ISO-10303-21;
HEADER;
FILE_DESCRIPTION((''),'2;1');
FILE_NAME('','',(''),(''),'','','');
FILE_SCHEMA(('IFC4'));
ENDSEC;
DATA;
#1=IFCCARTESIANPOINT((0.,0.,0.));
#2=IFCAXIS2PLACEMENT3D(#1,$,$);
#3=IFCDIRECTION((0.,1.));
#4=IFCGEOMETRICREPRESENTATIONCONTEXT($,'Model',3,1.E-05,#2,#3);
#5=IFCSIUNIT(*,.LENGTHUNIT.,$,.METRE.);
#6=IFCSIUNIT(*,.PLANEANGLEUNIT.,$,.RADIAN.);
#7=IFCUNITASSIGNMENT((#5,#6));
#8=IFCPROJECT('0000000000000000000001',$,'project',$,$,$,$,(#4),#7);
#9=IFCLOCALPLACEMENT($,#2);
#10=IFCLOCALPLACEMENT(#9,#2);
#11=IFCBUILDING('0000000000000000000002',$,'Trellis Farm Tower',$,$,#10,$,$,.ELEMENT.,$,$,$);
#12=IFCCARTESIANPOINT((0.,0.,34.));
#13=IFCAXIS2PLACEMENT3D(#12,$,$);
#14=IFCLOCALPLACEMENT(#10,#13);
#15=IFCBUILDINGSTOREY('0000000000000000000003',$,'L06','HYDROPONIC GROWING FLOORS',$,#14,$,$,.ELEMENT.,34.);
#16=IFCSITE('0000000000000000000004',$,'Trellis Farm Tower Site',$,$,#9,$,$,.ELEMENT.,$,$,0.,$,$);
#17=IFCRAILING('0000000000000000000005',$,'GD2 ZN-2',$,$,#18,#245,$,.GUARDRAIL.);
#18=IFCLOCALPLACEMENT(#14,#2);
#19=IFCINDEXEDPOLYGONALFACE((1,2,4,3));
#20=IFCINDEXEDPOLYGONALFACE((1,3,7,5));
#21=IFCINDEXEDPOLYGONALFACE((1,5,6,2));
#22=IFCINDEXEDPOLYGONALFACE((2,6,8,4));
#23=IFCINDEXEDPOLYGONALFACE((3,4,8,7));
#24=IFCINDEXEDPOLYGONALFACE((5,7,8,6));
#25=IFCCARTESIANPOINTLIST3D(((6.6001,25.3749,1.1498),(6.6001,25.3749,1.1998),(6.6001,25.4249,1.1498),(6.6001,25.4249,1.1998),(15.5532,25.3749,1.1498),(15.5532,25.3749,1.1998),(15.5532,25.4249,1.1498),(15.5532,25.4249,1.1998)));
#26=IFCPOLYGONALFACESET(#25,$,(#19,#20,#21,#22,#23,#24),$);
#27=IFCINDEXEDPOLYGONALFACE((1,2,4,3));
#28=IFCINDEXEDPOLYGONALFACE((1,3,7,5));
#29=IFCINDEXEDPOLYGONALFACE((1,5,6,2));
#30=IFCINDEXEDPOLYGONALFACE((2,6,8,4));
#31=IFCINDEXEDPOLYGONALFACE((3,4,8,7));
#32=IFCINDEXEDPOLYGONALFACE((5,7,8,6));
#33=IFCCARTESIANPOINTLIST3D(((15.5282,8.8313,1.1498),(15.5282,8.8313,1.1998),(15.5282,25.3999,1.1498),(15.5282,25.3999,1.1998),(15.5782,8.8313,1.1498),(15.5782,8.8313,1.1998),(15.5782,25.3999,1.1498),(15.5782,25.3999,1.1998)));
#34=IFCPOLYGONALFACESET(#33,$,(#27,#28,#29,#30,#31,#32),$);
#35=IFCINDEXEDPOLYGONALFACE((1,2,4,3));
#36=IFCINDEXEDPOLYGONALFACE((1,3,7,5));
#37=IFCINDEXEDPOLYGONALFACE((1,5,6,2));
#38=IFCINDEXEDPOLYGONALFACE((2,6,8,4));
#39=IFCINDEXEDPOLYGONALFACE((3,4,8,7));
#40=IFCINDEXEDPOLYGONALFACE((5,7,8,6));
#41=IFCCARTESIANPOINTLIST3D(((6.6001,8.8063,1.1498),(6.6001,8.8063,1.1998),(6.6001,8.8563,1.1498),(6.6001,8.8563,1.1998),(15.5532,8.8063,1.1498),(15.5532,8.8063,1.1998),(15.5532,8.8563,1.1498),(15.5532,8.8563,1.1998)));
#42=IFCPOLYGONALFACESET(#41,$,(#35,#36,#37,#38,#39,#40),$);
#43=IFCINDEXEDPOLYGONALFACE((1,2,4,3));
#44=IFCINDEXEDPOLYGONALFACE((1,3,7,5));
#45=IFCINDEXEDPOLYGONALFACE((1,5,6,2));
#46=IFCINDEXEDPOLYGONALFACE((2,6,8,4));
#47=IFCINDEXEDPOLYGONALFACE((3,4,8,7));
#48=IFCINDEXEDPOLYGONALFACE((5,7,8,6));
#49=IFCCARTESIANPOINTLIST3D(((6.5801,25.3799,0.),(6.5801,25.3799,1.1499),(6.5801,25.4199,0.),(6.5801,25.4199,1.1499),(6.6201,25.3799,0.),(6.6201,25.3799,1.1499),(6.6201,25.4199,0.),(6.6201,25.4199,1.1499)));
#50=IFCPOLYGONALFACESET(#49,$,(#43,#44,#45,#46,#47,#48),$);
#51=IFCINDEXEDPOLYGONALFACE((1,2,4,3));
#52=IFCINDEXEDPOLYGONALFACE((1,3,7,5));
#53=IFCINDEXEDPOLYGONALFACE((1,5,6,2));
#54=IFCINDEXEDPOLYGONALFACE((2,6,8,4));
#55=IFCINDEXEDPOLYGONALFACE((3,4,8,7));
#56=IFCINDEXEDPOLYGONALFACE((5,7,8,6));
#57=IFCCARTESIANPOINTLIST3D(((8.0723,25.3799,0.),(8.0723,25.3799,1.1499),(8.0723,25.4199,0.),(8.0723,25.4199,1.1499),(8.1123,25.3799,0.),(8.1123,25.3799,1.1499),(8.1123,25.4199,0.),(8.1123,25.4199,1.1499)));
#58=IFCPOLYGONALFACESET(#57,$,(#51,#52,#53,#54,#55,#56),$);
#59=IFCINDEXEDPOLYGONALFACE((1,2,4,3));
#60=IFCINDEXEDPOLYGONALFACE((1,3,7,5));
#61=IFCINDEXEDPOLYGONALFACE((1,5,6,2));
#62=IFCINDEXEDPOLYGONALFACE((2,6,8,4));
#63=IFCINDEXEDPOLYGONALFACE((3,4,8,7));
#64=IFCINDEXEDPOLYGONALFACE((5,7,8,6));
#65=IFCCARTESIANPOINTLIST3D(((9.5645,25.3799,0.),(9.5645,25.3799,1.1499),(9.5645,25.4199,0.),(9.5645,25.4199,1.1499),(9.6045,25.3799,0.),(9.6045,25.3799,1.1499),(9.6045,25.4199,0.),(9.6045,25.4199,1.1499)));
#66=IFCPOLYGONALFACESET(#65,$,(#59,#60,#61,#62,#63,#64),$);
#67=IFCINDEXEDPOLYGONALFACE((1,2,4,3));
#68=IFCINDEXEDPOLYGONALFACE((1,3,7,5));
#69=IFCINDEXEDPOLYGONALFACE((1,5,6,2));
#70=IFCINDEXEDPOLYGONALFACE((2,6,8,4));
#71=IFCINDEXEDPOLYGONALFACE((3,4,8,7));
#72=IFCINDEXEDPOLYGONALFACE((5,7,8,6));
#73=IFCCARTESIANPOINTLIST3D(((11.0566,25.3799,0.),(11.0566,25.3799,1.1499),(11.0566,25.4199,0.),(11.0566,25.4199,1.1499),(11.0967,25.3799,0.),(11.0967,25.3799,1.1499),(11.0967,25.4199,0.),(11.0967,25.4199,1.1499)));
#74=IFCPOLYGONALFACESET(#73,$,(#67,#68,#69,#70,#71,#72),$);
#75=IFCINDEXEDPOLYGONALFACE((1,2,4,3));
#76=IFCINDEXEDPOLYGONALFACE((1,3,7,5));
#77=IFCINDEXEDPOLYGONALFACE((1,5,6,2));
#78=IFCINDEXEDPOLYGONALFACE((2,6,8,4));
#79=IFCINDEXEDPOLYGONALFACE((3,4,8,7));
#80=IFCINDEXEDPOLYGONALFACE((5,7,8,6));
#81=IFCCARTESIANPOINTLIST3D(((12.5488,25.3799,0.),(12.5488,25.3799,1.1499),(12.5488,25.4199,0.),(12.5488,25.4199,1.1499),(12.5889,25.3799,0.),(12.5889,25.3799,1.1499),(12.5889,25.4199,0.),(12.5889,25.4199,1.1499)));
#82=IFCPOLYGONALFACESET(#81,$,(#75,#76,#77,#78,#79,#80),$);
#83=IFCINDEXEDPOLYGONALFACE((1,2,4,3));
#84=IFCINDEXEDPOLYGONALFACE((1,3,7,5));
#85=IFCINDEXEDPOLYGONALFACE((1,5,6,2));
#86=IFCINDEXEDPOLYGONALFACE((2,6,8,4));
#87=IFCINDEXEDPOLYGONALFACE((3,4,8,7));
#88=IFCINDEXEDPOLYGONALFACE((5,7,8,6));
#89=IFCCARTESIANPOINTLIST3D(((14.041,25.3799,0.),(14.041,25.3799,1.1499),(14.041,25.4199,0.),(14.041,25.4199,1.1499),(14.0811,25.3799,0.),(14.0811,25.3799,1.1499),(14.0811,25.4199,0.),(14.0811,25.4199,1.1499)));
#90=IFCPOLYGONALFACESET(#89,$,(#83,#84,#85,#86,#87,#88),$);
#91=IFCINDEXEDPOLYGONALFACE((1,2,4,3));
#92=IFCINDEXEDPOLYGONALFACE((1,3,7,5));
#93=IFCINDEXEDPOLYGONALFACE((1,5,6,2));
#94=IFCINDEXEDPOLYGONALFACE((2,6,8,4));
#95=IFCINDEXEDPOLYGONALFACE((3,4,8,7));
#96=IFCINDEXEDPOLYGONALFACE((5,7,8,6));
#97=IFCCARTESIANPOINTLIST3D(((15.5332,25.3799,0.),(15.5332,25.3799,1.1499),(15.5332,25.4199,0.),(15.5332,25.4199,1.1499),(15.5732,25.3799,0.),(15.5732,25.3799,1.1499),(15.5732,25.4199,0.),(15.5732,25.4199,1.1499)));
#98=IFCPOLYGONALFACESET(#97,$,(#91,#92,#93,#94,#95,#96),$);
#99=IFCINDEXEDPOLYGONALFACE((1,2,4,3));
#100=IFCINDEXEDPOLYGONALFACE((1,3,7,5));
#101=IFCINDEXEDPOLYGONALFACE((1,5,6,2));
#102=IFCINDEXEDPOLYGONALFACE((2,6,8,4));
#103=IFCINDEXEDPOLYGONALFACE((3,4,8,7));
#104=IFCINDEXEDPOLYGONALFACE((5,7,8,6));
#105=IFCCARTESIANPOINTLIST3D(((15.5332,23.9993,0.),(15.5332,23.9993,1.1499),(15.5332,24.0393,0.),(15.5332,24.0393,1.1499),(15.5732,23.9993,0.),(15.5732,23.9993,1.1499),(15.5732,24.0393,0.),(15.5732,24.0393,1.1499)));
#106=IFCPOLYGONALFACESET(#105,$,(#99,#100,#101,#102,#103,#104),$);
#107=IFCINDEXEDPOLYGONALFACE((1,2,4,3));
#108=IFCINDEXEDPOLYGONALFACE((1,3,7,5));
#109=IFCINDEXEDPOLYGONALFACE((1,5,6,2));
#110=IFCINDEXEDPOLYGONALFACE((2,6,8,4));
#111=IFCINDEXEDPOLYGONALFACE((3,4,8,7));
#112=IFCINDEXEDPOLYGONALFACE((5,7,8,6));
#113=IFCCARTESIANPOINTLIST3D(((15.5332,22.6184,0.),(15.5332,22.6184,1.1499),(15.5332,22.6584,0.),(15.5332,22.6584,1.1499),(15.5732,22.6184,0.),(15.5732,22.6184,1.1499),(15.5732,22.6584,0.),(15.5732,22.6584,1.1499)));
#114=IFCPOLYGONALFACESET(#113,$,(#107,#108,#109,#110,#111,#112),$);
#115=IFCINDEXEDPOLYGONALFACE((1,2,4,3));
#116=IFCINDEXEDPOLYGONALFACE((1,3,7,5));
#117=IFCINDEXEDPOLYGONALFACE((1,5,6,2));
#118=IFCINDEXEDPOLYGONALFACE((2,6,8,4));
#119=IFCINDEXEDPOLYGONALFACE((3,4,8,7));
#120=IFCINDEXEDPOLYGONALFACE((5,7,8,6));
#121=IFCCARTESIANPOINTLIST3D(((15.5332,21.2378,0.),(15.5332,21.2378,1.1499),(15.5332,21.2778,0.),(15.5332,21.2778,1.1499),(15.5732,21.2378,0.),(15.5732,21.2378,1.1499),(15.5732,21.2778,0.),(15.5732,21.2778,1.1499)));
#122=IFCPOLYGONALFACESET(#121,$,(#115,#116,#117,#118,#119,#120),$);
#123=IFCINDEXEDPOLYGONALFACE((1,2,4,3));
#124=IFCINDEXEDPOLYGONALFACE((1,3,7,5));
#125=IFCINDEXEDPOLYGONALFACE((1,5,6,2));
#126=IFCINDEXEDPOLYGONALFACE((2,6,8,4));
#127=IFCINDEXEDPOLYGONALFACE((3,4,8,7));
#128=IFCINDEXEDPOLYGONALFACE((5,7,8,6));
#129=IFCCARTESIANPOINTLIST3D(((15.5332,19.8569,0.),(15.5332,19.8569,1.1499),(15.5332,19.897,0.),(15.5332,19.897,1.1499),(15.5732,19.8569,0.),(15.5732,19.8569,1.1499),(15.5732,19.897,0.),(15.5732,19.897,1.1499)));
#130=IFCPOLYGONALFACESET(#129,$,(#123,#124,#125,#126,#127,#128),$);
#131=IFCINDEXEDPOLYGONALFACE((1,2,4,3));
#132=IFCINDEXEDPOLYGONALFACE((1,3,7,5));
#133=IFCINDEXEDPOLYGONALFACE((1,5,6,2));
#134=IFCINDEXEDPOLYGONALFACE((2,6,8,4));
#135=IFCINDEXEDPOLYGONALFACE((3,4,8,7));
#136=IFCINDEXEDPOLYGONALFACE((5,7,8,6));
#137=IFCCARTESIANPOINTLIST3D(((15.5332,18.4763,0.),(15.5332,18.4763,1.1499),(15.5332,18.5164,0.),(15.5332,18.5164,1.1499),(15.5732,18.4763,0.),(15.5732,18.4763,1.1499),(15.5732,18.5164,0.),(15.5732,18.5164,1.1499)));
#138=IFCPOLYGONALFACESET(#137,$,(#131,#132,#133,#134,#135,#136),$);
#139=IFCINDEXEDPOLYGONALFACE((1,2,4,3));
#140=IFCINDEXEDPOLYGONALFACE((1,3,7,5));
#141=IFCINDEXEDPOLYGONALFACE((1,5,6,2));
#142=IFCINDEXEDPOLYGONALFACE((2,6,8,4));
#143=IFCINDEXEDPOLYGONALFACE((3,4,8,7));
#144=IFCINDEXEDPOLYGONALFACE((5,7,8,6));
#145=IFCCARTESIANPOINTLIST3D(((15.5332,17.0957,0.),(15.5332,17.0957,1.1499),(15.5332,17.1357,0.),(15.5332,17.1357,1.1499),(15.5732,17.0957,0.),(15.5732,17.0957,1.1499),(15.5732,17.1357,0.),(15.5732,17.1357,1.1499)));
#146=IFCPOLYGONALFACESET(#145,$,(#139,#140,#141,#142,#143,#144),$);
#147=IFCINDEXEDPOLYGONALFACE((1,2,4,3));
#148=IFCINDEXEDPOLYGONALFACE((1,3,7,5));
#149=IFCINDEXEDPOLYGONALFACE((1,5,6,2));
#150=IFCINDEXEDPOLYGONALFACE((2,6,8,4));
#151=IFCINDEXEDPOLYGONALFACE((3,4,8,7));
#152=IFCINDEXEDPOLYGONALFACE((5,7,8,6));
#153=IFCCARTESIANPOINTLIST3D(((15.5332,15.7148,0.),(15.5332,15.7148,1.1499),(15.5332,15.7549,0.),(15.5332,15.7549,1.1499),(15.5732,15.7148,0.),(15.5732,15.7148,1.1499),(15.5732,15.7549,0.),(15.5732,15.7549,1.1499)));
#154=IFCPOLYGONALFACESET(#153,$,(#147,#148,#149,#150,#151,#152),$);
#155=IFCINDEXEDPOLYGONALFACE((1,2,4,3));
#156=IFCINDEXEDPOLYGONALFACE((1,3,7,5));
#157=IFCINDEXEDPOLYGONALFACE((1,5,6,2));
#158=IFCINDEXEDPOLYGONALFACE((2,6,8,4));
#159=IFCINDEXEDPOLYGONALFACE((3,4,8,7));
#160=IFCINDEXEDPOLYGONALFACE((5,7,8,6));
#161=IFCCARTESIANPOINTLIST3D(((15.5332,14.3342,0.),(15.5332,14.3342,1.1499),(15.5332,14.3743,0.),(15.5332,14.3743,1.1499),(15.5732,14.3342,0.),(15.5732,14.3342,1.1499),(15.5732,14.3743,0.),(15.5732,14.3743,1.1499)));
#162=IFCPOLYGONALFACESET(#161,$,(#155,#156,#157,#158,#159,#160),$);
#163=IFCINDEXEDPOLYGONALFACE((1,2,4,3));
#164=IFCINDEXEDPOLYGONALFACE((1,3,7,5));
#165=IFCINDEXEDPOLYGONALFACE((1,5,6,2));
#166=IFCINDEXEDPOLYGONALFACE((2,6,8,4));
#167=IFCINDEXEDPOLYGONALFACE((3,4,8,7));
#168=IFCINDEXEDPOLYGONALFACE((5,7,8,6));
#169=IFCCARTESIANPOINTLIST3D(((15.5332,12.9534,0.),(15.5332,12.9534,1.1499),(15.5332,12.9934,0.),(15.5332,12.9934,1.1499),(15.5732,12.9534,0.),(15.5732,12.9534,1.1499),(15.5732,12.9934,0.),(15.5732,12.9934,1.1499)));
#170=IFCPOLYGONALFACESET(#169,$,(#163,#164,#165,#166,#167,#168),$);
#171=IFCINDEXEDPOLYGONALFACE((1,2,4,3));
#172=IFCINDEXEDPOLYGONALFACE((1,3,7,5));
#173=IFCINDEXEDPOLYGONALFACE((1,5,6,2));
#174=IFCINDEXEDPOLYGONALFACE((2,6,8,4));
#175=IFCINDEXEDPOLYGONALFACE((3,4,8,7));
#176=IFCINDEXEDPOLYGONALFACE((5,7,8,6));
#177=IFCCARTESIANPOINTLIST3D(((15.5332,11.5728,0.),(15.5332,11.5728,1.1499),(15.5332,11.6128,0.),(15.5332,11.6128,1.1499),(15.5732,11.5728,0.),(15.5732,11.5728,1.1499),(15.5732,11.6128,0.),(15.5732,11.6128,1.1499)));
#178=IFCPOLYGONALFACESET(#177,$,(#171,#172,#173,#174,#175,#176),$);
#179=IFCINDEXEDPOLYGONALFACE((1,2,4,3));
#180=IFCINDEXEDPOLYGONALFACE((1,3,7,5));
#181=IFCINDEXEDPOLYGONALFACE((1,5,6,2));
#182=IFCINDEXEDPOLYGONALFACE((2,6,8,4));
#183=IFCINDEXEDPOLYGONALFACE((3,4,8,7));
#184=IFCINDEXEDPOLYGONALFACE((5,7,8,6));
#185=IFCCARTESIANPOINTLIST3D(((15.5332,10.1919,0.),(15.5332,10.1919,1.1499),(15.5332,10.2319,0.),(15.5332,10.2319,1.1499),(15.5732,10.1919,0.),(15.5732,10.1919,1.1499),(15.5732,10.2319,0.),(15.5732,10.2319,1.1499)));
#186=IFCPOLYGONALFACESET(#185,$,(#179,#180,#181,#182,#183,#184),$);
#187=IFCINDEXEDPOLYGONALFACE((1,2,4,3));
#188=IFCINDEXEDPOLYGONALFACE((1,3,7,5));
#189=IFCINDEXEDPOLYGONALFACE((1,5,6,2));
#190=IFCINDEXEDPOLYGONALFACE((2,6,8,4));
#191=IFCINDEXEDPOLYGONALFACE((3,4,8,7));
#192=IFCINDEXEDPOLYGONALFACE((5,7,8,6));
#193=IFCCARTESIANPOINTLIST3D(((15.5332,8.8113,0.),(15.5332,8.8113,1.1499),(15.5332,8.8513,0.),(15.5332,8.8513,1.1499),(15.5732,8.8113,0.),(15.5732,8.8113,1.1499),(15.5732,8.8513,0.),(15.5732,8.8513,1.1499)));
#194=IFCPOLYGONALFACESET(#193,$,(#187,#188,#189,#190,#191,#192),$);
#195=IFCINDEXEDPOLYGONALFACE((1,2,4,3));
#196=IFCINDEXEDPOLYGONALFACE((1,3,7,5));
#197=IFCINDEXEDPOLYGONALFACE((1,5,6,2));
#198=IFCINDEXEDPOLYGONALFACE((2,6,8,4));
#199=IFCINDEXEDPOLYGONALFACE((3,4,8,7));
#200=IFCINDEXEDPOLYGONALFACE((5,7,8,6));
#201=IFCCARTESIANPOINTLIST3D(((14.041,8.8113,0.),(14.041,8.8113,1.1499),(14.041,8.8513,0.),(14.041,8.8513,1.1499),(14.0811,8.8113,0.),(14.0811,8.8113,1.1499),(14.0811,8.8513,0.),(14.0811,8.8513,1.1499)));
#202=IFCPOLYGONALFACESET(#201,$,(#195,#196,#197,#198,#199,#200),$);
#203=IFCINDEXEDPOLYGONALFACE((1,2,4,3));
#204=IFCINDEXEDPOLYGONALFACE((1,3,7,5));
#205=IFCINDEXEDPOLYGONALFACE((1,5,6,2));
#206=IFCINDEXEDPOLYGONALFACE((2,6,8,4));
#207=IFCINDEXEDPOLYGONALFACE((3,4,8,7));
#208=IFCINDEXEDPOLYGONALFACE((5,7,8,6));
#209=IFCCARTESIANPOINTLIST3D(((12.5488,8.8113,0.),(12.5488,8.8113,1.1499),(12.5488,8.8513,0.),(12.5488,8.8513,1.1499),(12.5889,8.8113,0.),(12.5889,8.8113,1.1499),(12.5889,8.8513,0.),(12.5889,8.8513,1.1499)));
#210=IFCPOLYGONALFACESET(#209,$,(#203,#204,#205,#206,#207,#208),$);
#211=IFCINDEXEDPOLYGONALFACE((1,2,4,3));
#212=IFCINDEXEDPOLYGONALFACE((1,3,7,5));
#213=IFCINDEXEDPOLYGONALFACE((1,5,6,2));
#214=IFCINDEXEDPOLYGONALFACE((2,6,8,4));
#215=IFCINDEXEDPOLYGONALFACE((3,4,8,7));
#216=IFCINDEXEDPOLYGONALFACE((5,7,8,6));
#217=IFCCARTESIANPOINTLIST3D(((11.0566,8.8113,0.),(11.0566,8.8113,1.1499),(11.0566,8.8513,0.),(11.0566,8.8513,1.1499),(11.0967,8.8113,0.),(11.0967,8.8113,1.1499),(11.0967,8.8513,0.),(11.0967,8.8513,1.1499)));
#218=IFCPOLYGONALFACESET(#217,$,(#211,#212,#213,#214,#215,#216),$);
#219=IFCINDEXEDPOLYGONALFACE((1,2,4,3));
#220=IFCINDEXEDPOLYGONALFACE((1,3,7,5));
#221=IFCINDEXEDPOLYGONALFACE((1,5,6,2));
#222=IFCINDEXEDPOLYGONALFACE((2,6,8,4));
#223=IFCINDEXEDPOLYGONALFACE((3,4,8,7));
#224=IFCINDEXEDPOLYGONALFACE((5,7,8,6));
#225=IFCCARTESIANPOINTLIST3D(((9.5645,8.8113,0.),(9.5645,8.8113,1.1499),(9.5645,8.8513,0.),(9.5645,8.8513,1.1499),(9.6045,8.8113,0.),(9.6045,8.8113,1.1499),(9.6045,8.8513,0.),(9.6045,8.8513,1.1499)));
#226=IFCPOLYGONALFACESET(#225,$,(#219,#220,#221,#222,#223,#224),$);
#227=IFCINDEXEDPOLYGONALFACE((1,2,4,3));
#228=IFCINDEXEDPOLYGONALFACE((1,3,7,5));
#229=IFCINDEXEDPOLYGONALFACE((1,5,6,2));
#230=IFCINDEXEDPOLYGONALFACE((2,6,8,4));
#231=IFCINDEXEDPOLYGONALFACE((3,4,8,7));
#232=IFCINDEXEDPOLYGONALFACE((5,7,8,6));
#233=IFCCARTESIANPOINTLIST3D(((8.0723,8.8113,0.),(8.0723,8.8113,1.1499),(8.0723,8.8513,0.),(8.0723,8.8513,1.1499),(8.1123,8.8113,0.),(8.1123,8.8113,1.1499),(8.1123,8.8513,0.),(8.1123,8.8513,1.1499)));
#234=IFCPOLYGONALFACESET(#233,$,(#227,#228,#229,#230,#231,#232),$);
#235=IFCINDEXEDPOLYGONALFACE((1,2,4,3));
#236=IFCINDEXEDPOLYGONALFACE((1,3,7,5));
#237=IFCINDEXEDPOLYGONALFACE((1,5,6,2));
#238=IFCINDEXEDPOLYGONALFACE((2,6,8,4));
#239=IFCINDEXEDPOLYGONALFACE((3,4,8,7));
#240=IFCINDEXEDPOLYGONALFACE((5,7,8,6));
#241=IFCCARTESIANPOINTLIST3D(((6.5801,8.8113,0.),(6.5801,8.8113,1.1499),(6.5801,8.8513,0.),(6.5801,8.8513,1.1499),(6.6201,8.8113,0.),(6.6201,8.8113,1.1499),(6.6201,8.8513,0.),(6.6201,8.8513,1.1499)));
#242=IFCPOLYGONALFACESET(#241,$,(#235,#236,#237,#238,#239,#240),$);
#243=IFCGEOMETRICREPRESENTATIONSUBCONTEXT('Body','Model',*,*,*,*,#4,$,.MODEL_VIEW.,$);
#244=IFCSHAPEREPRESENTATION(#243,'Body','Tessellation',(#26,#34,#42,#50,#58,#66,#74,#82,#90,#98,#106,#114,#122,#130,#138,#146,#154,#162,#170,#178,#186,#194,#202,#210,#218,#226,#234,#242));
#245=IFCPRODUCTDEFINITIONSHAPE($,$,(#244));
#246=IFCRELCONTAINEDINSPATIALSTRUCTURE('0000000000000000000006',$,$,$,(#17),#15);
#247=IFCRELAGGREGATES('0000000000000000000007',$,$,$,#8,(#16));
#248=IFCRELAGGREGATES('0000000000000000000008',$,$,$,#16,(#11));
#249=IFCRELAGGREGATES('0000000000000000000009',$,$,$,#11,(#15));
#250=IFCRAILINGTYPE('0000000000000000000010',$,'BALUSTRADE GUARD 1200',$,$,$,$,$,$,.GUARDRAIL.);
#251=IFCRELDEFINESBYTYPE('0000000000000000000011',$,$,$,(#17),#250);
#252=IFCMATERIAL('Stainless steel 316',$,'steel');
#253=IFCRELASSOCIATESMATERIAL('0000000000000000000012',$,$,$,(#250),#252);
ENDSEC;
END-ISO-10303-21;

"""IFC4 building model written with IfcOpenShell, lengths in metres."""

from ifc_helpers import new_model, si_unit, direction, frame, origin, origin_2d, place, context, subcontext, project, spatial, rectangle, extrude, material, type_object, element, save


model = new_model("IFC4")

# Units and contexts
model_context = context("Model", 3, precision=1e-05, world=origin(), true_north=direction((0.0, 1.0)))
body_context = subcontext(model_context, "Body", "Model", "MODEL_VIEW")
ifc_project = project(units=[si_unit("LENGTHUNIT", "METRE"), si_unit("PLANEANGLEUNIT", "RADIAN")], contexts=[model_context])

# Site, building, storey
site_placement = place(None, origin())
site = spatial("IfcSite", under=ifc_project, at=site_placement, Name="Trellis Farm Tower Site", CompositionType="ELEMENT", RefElevation=0.0)
building_placement = place(site_placement, origin())
building = spatial("IfcBuilding", under=site, at=building_placement, Name="Trellis Farm Tower", CompositionType="ELEMENT")
storey_placement = place(building_placement, frame((0.0, 0.0, 34.0)))
storey = spatial("IfcBuildingStorey", under=building, at=storey_placement, Name="L06", Description="HYDROPONIC GROWING FLOORS", CompositionType="ELEMENT", Elevation=34.0)

# Railing
ifc_material_1 = material(Name="Stainless steel 316", Category="steel")
railing_type = type_object("IfcRailingType", Name="BALUSTRADE GUARD 1200", PredefinedType="GUARDRAIL", material=ifc_material_1)
railing_placement = place(storey_placement, frame((6.6001, 25.3999, 0.0)))
element("IfcRailing", 1, at=railing_placement, inside=storey, type_object=railing_type, Name="GD2 ZN-2", PredefinedType="GUARDRAIL", context=body_context, shape_type="SweptSolid", body=[
    extrude(rectangle(XDim=0.05, YDim=0.05, at=origin_2d()), frame((0.0, 0.0, 1.1748), z_axis=(1.0, 0.0, 0.0), x_axis=(0.0, 1.0, 0.0)), (0.0, 0.0, 1.0), 8.9531),
    extrude(rectangle(XDim=0.05, YDim=0.05, at=origin_2d()), frame((8.9531, 0.0, 1.1748), z_axis=(0.0, -1.0, 0.0), x_axis=(1.0, 0.0, 0.0)), (0.0, 0.0, 1.0), 16.5686),
    extrude(rectangle(XDim=0.05, YDim=0.05, at=origin_2d()), frame((8.9531, -16.5686, 1.1748), z_axis=(-1.0, 0.0, 0.0), x_axis=(0.0, -1.0, 0.0)), (0.0, 0.0, 1.0), 8.9531),
    extrude(rectangle(XDim=0.04, YDim=0.04, at=origin_2d()), origin(), (0.0, 0.0, 1.0), 1.1499),
    extrude(rectangle(XDim=0.04, YDim=0.04, at=origin_2d()), frame((1.4922, 0.0, 0.0)), (0.0, 0.0, 1.0), 1.1499),
    extrude(rectangle(XDim=0.04, YDim=0.04, at=origin_2d()), frame((2.9844, 0.0, 0.0)), (0.0, 0.0, 1.0), 1.1499),
    extrude(rectangle(XDim=0.04, YDim=0.04, at=origin_2d()), frame((4.4766, 0.0, 0.0)), (0.0, 0.0, 1.0), 1.1499),
    extrude(rectangle(XDim=0.04, YDim=0.04, at=origin_2d()), frame((5.9688, 0.0, 0.0)), (0.0, 0.0, 1.0), 1.1499),
    extrude(rectangle(XDim=0.04, YDim=0.04, at=origin_2d()), frame((7.4609, 0.0, 0.0)), (0.0, 0.0, 1.0), 1.1499),
    extrude(rectangle(XDim=0.04, YDim=0.04, at=origin_2d()), frame((8.9531, 0.0, 0.0)), (0.0, 0.0, 1.0), 1.1499),
    extrude(rectangle(XDim=0.04, YDim=0.04, at=origin_2d()), frame((8.9531, -1.3806, 0.0)), (0.0, 0.0, 1.0), 1.1499),
    extrude(rectangle(XDim=0.04, YDim=0.04, at=origin_2d()), frame((8.9531, -2.7615, 0.0)), (0.0, 0.0, 1.0), 1.1499),
    extrude(rectangle(XDim=0.04, YDim=0.04, at=origin_2d()), frame((8.9531, -4.1421, 0.0)), (0.0, 0.0, 1.0), 1.1499),
    extrude(rectangle(XDim=0.04, YDim=0.04, at=origin_2d()), frame((8.9531, -5.5229, 0.0)), (0.0, 0.0, 1.0), 1.1499),
    extrude(rectangle(XDim=0.04, YDim=0.04, at=origin_2d()), frame((8.9531, -6.9036, 0.0)), (0.0, 0.0, 1.0), 1.1499),
    extrude(rectangle(XDim=0.04, YDim=0.04, at=origin_2d()), frame((8.9531, -8.2842, 0.0)), (0.0, 0.0, 1.0), 1.1499),
    extrude(rectangle(XDim=0.04, YDim=0.04, at=origin_2d()), frame((8.9531, -9.665, 0.0)), (0.0, 0.0, 1.0), 1.1499),
    extrude(rectangle(XDim=0.04, YDim=0.04, at=origin_2d()), frame((8.9531, -11.0457, 0.0)), (0.0, 0.0, 1.0), 1.1499),
    extrude(rectangle(XDim=0.04, YDim=0.04, at=origin_2d()), frame((8.9531, -12.4265, 0.0)), (0.0, 0.0, 1.0), 1.1499),
    extrude(rectangle(XDim=0.04, YDim=0.04, at=origin_2d()), frame((8.9531, -13.8071, 0.0)), (0.0, 0.0, 1.0), 1.1499),
    extrude(rectangle(XDim=0.04, YDim=0.04, at=origin_2d()), frame((8.9531, -15.188, 0.0)), (0.0, 0.0, 1.0), 1.1499),
    extrude(rectangle(XDim=0.04, YDim=0.04, at=origin_2d()), frame((8.9531, -16.5686, 0.0)), (0.0, 0.0, 1.0), 1.1499),
    extrude(rectangle(XDim=0.04, YDim=0.04, at=origin_2d()), frame((7.4609, -16.5686, 0.0)), (0.0, 0.0, 1.0), 1.1499),
    extrude(rectangle(XDim=0.04, YDim=0.04, at=origin_2d()), frame((5.9688, -16.5686, 0.0)), (0.0, 0.0, 1.0), 1.1499),
    extrude(rectangle(XDim=0.04, YDim=0.04, at=origin_2d()), frame((4.4766, -16.5686, 0.0)), (0.0, 0.0, 1.0), 1.1499),
    extrude(rectangle(XDim=0.04, YDim=0.04, at=origin_2d()), frame((2.9844, -16.5686, 0.0)), (0.0, 0.0, 1.0), 1.1499),
    extrude(rectangle(XDim=0.04, YDim=0.04, at=origin_2d()), frame((1.4922, -16.5686, 0.0)), (0.0, 0.0, 1.0), 1.1499),
    extrude(rectangle(XDim=0.04, YDim=0.04, at=origin_2d()), frame((0.0, -16.5686, 0.0)), (0.0, 0.0, 1.0), 1.1499),
])

save(model, "model.ifc")
